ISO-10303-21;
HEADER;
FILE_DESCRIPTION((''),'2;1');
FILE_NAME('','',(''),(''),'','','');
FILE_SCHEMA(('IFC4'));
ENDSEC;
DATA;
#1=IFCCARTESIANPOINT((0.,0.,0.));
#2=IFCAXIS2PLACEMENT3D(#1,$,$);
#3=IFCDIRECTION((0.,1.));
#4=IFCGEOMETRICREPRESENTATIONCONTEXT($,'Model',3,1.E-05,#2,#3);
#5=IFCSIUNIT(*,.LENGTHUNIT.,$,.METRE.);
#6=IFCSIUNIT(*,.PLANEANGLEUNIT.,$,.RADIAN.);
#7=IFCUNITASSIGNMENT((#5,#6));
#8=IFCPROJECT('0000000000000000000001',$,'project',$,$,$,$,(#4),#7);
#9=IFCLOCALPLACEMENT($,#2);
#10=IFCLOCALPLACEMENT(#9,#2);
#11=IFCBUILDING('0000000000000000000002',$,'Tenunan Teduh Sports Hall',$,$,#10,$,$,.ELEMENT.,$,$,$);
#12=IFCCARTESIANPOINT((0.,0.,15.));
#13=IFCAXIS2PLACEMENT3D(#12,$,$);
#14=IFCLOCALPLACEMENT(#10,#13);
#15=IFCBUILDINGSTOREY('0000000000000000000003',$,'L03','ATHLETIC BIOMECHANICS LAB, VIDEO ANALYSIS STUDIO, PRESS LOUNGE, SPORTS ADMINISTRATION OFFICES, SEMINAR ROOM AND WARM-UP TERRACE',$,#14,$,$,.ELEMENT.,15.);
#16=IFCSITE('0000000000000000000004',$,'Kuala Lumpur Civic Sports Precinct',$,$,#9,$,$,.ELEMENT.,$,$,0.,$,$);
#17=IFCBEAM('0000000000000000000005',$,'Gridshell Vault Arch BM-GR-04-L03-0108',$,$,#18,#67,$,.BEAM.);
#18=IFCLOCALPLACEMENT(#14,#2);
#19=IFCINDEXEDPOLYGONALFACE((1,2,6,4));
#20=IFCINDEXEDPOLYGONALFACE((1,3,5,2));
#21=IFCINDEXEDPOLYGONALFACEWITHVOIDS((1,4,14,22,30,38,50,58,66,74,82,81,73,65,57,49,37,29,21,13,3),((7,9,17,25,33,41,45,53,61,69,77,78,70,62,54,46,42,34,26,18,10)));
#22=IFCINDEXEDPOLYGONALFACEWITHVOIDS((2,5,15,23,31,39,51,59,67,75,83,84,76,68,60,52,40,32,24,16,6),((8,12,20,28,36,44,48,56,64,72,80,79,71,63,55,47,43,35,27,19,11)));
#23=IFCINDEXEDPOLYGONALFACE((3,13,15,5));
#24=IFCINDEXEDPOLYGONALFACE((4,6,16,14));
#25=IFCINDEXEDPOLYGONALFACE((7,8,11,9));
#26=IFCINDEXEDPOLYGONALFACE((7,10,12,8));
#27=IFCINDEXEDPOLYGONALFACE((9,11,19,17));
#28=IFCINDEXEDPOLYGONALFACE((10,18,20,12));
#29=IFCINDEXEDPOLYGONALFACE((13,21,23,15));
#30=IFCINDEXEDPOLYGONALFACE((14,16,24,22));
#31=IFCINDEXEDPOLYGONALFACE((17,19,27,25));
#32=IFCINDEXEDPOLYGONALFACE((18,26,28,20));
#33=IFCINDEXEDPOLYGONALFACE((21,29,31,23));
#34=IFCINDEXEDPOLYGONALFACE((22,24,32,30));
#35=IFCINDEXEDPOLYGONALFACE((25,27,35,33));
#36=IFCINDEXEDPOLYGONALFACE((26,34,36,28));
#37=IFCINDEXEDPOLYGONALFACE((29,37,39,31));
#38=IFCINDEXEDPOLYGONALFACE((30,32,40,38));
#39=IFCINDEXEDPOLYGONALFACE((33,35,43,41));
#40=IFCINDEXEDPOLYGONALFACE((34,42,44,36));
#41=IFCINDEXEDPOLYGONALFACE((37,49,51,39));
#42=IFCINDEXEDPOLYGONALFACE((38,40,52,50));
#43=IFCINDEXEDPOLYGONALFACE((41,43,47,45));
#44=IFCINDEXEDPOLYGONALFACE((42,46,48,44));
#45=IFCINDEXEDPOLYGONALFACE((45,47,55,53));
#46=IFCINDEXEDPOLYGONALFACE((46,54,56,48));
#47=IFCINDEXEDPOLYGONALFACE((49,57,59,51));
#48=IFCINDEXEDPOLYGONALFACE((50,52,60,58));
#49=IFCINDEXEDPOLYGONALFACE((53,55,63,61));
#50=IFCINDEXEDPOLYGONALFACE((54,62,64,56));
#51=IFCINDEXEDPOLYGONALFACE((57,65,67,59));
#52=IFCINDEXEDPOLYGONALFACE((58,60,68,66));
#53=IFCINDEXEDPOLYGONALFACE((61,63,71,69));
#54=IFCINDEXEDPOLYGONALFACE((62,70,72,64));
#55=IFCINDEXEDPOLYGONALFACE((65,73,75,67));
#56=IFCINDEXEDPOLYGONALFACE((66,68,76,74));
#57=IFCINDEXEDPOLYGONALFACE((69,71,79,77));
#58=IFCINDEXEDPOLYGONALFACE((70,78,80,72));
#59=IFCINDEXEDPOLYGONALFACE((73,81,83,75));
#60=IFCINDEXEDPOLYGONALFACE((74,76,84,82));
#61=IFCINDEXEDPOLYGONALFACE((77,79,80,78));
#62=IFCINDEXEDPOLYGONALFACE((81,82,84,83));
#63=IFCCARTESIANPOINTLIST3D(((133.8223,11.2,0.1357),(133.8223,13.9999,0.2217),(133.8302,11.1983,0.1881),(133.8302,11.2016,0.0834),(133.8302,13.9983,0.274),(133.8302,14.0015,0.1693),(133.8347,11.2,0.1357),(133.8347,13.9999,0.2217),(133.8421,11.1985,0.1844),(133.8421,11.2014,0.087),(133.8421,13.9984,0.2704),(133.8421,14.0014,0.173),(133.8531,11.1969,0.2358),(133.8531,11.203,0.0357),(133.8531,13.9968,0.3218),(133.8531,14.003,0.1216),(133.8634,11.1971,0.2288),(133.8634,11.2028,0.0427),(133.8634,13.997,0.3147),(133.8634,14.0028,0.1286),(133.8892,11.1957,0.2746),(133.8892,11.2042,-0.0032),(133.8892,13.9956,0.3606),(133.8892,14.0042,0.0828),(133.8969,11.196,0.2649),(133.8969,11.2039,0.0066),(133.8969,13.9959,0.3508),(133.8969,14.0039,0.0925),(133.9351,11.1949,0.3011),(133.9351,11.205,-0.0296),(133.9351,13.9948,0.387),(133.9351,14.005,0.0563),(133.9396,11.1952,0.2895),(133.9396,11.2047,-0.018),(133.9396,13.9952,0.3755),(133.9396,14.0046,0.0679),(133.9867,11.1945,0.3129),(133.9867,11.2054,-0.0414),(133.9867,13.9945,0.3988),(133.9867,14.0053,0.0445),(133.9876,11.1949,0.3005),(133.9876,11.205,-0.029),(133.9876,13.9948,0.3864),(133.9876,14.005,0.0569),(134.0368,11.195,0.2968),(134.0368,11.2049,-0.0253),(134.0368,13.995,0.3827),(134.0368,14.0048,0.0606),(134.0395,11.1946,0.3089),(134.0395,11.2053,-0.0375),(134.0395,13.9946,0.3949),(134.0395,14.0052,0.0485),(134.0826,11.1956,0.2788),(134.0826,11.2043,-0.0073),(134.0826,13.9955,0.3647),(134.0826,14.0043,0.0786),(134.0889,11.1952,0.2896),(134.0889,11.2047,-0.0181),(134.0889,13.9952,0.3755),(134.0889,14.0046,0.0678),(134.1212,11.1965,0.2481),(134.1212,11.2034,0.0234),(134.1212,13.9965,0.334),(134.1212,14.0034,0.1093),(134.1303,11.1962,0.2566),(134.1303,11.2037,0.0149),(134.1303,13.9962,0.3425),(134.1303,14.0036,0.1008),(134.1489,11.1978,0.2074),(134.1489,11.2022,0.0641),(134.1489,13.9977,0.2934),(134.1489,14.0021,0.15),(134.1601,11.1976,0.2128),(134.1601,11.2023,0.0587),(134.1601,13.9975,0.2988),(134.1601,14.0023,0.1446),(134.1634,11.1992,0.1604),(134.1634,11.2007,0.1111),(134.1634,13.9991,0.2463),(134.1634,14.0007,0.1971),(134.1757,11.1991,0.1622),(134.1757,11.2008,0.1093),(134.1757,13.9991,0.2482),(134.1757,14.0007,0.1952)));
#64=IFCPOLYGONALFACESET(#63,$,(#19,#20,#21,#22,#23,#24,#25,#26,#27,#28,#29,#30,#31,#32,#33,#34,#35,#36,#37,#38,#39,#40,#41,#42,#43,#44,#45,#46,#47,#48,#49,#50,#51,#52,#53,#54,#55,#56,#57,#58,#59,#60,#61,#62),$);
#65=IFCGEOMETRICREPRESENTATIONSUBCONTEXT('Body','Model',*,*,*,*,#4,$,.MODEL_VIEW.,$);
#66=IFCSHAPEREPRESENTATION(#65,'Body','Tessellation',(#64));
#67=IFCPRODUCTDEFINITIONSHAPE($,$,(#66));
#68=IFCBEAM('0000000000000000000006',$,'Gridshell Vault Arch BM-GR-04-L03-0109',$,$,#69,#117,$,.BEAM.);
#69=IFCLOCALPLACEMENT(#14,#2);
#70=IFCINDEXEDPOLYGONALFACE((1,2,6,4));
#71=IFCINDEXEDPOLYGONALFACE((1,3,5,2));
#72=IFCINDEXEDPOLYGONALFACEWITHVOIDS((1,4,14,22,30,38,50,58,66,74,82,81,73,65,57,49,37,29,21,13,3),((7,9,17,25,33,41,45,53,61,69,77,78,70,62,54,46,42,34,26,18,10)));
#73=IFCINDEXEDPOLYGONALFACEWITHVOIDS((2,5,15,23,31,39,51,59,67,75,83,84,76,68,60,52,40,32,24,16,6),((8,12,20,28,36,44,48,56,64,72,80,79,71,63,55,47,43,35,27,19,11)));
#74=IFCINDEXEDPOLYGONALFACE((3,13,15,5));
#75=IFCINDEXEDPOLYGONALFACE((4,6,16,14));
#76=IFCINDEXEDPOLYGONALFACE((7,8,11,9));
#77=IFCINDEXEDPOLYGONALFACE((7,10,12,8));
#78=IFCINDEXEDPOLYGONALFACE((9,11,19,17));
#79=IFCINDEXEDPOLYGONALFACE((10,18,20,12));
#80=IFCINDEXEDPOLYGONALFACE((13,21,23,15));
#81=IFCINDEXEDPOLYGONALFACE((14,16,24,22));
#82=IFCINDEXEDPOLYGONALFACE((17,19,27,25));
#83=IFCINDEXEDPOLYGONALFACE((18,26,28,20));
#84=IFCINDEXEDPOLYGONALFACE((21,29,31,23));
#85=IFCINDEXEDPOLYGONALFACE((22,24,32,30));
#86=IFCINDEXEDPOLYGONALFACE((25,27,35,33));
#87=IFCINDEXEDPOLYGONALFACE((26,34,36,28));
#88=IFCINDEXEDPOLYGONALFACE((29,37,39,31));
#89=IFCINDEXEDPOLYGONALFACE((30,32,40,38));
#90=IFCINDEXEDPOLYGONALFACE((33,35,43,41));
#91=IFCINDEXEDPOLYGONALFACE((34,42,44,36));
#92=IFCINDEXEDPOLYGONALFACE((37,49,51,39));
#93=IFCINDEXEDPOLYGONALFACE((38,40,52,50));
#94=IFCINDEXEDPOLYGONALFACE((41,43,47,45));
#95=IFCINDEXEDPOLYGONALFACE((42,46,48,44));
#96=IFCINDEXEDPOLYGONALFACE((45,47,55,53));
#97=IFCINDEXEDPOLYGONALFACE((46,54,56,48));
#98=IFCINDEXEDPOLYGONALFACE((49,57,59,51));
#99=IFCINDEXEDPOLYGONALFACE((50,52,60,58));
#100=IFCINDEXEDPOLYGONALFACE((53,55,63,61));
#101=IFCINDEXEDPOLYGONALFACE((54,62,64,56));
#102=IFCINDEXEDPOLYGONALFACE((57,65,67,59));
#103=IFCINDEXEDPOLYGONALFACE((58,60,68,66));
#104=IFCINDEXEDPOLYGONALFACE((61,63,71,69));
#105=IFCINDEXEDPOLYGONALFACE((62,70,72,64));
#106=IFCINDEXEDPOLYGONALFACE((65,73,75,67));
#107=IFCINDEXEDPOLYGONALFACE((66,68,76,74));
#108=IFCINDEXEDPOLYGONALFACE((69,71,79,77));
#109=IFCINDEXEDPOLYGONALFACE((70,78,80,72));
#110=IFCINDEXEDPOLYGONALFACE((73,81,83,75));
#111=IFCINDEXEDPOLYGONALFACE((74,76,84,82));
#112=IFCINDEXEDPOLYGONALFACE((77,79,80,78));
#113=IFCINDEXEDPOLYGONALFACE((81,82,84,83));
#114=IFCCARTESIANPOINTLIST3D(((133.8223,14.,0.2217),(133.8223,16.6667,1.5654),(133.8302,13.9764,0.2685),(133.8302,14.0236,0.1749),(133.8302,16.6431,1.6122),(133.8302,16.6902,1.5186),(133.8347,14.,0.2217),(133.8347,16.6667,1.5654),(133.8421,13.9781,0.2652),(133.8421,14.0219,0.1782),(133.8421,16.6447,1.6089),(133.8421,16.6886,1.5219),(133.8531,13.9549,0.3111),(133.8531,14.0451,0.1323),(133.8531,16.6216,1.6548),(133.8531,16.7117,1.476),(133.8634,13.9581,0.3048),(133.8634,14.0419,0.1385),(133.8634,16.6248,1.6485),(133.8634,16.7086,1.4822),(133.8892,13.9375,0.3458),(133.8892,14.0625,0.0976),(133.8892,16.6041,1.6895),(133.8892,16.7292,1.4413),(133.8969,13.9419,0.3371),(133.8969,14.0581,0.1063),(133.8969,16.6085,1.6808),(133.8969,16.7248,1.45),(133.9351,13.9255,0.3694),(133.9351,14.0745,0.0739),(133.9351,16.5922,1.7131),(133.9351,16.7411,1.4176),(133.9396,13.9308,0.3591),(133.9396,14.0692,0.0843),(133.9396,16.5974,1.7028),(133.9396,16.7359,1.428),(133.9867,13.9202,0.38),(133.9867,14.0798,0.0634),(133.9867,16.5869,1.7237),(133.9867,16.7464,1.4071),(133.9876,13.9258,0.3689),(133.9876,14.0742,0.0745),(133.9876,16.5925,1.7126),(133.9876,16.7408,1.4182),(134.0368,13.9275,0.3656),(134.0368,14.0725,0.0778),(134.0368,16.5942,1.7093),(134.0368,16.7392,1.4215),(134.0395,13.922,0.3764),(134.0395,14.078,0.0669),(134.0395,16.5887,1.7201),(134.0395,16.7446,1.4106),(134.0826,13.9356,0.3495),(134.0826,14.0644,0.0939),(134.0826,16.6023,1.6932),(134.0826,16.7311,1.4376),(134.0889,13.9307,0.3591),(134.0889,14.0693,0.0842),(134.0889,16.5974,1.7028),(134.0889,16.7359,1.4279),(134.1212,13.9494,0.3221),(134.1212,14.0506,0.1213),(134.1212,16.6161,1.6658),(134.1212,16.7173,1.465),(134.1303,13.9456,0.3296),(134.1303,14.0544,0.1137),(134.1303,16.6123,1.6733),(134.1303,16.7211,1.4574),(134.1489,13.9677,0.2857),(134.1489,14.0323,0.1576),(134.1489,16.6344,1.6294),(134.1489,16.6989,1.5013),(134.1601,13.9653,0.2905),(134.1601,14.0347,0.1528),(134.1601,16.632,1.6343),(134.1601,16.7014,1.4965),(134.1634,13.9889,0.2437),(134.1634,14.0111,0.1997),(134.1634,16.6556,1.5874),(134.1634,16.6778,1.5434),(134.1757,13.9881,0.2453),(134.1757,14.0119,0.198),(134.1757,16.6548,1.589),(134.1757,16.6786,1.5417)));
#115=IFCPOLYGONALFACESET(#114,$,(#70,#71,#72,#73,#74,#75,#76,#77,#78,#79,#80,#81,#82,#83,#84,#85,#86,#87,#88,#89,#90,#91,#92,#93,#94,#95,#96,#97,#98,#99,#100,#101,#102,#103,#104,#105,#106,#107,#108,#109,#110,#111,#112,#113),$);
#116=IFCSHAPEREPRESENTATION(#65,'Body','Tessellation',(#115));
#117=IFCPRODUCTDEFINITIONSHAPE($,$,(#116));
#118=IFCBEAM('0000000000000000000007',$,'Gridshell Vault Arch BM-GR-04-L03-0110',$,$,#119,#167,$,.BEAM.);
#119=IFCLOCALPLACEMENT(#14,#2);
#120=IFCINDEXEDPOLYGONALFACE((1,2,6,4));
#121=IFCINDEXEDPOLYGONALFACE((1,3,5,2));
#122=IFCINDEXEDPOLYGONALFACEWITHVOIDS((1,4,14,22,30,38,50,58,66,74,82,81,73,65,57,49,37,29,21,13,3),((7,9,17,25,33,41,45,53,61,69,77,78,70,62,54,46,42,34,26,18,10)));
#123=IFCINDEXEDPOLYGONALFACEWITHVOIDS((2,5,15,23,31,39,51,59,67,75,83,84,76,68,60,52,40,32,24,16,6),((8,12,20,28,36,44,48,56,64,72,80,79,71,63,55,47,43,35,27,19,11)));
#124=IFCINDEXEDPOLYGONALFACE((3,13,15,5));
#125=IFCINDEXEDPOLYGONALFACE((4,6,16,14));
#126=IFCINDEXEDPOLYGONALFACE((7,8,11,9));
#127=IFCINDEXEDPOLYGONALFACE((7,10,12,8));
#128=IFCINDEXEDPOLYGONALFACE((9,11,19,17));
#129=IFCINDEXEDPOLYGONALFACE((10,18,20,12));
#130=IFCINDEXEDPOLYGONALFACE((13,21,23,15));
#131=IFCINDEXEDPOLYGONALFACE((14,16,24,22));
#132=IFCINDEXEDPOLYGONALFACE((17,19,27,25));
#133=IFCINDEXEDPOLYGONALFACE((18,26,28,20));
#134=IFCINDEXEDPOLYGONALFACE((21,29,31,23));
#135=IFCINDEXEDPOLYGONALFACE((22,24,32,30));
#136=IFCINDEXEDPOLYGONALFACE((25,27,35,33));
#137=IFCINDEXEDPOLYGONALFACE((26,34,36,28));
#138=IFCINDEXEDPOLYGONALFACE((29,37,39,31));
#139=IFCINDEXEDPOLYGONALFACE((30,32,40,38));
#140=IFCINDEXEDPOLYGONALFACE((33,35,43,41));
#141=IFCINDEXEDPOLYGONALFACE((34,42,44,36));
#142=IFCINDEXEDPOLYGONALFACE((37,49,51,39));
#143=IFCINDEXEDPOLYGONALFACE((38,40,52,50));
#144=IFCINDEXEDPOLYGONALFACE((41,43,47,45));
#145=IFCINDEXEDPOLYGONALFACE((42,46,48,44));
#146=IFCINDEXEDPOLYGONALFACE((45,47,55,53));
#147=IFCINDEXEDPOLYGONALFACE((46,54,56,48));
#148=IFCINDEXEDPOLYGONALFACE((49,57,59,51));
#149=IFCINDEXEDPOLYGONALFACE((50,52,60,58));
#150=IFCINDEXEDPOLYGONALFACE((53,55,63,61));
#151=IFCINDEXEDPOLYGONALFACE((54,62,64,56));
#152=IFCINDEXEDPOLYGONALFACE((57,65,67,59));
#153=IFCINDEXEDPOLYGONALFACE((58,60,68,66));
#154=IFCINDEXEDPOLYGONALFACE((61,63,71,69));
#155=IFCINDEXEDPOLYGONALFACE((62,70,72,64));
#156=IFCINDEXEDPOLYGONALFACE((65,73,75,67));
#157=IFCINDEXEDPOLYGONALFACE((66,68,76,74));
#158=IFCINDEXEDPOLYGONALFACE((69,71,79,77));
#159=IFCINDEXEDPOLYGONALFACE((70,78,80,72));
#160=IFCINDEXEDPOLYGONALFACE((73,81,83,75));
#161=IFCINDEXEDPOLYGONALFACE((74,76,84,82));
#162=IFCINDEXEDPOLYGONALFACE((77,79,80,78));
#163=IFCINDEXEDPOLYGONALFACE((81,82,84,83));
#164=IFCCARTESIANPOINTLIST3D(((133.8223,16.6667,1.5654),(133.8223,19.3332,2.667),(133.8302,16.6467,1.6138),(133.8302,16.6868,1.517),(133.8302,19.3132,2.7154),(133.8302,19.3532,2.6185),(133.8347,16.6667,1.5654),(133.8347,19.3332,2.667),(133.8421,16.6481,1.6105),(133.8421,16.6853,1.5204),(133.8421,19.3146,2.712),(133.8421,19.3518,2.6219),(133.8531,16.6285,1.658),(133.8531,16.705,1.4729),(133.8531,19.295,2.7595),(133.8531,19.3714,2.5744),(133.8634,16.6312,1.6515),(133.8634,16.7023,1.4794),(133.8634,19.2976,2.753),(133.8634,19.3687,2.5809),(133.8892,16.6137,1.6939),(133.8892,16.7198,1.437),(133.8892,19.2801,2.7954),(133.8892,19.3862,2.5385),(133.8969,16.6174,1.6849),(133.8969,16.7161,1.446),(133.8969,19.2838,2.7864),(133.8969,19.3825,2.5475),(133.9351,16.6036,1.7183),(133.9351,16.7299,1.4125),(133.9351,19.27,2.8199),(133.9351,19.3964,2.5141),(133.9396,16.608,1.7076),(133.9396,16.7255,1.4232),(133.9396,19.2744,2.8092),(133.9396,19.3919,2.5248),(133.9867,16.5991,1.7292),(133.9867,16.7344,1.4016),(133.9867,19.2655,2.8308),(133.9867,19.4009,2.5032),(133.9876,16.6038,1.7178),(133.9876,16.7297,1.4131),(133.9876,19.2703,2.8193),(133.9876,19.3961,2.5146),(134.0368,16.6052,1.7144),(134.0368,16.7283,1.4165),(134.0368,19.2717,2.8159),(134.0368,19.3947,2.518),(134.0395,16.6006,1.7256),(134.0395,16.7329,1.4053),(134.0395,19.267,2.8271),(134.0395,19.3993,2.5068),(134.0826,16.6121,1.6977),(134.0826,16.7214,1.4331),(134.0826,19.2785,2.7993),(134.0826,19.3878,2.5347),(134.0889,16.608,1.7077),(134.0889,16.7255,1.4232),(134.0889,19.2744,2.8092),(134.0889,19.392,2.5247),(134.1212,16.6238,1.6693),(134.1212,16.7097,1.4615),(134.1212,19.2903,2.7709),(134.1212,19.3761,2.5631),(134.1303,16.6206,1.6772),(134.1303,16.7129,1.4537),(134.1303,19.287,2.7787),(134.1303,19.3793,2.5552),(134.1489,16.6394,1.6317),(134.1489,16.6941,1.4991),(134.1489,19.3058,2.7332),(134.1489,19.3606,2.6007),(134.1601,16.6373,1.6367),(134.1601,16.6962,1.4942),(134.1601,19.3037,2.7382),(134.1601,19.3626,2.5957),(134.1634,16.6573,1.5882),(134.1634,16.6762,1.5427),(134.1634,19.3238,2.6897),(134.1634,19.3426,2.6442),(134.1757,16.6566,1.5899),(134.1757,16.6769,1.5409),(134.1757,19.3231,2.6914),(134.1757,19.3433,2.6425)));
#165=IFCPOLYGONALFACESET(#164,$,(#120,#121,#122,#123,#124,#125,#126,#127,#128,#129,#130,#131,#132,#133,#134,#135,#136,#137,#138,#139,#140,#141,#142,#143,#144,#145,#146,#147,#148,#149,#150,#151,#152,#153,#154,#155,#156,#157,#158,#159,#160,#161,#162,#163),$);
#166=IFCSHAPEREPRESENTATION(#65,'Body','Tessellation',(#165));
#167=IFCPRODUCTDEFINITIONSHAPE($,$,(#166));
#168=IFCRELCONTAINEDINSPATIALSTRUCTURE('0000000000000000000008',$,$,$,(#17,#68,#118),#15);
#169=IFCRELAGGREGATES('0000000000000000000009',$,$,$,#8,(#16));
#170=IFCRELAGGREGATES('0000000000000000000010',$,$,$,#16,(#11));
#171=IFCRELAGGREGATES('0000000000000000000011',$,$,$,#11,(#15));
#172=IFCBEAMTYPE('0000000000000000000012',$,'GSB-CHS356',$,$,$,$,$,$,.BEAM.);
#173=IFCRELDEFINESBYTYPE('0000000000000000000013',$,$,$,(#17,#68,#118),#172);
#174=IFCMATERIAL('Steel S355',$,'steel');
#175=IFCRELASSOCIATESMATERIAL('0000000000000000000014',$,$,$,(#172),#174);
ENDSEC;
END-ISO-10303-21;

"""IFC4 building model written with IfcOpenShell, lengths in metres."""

from ifc_helpers import new_model, si_unit, direction, frame, origin, origin_2d, place, context, subcontext, project, spatial, hollow_circle, extrude, material, material_profile, profile_set, type_object, element, save


model = new_model("IFC4")

# Units and contexts
model_context = context("Model", 3, precision=1e-05, world=origin(), true_north=direction((0.0, 1.0)))
body_context = subcontext(model_context, "Body", "Model", "MODEL_VIEW")
ifc_project = project(units=[si_unit("LENGTHUNIT", "METRE"), si_unit("PLANEANGLEUNIT", "RADIAN")], contexts=[model_context])

# Site, building, storey
site_placement = place(None, origin())
site = spatial("IfcSite", under=ifc_project, at=site_placement, Name="Kuala Lumpur Civic Sports Precinct", CompositionType="ELEMENT", RefElevation=0.0)
building_placement = place(site_placement, origin())
building = spatial("IfcBuilding", under=site, at=building_placement, Name="Tenunan Teduh Sports Hall", CompositionType="ELEMENT")
storey_placement = place(building_placement, frame((0.0, 0.0, 15.0)))
storey = spatial("IfcBuildingStorey", under=building, at=storey_placement, Name="L03", Description="ATHLETIC BIOMECHANICS LAB, VIDEO ANALYSIS STUDIO, PRESS LOUNGE, SPORTS ADMINISTRATION OFFICES, SEMINAR ROOM AND WARM-UP TERRACE", CompositionType="ELEMENT", Elevation=15.0)

# Beams
ifc_material_1 = material(Name="Steel S355", Category="steel")
ifc_material_profile_1 = material_profile(ifc_material_1, hollow_circle(Radius=0.1777, WallThickness=0.0125, at=origin_2d()), Name="CHS 355.6x12.5")
ifc_profile_set_1 = profile_set([ifc_material_profile_1], Name="Steel S355")
beam_type_1 = type_object("IfcBeamType", Name="GSB-CHS356", PredefinedType="BEAM", material=ifc_profile_set_1)
beam_1_placement = place(storey_placement, frame((134.0, 11.2, 0.1357), z_axis=(0.0, 0.999529, 0.030677), x_axis=(-1.0, 0.0, 0.0)))
element("IfcBeam", 1, at=beam_1_placement, inside=storey, type_object=beam_type_1, Name="Gridshell Vault Arch BM-GR-04-L03-0108", PredefinedType="BEAM", context=body_context, shape_type="SweptSolid", body=[
    extrude(hollow_circle(Radius=0.1777, WallThickness=0.0125, at=origin_2d()), origin(), (0.0, 0.0, 1.0), 2.8013),
])
beam_2_placement = place(storey_placement, frame((134.0, 14.0, 0.2217), z_axis=(0.0, 0.893033, 0.449991), x_axis=(-1.0, 0.0, 0.0)))
element("IfcBeam", 2, at=beam_2_placement, inside=storey, type_object=beam_type_1, Name="Gridshell Vault Arch BM-GR-04-L03-0109", PredefinedType="BEAM", context=body_context, shape_type="SweptSolid", body=[
    extrude(hollow_circle(Radius=0.1777, WallThickness=0.0125, at=origin_2d()), origin(), (0.0, 0.0, 1.0), 2.9861),
])
beam_3_placement = place(storey_placement, frame((134.0, 16.6667, 1.5654), z_axis=(0.0, 0.924239, 0.381814), x_axis=(-1.0, 0.0, 0.0)))
element("IfcBeam", 3, at=beam_3_placement, inside=storey, type_object=beam_type_1, Name="Gridshell Vault Arch BM-GR-04-L03-0110", PredefinedType="BEAM", context=body_context, shape_type="SweptSolid", body=[
    extrude(hollow_circle(Radius=0.1777, WallThickness=0.0125, at=origin_2d()), origin(), (0.0, 0.0, 1.0), 2.885),
])

save(model, "model.ifc")
